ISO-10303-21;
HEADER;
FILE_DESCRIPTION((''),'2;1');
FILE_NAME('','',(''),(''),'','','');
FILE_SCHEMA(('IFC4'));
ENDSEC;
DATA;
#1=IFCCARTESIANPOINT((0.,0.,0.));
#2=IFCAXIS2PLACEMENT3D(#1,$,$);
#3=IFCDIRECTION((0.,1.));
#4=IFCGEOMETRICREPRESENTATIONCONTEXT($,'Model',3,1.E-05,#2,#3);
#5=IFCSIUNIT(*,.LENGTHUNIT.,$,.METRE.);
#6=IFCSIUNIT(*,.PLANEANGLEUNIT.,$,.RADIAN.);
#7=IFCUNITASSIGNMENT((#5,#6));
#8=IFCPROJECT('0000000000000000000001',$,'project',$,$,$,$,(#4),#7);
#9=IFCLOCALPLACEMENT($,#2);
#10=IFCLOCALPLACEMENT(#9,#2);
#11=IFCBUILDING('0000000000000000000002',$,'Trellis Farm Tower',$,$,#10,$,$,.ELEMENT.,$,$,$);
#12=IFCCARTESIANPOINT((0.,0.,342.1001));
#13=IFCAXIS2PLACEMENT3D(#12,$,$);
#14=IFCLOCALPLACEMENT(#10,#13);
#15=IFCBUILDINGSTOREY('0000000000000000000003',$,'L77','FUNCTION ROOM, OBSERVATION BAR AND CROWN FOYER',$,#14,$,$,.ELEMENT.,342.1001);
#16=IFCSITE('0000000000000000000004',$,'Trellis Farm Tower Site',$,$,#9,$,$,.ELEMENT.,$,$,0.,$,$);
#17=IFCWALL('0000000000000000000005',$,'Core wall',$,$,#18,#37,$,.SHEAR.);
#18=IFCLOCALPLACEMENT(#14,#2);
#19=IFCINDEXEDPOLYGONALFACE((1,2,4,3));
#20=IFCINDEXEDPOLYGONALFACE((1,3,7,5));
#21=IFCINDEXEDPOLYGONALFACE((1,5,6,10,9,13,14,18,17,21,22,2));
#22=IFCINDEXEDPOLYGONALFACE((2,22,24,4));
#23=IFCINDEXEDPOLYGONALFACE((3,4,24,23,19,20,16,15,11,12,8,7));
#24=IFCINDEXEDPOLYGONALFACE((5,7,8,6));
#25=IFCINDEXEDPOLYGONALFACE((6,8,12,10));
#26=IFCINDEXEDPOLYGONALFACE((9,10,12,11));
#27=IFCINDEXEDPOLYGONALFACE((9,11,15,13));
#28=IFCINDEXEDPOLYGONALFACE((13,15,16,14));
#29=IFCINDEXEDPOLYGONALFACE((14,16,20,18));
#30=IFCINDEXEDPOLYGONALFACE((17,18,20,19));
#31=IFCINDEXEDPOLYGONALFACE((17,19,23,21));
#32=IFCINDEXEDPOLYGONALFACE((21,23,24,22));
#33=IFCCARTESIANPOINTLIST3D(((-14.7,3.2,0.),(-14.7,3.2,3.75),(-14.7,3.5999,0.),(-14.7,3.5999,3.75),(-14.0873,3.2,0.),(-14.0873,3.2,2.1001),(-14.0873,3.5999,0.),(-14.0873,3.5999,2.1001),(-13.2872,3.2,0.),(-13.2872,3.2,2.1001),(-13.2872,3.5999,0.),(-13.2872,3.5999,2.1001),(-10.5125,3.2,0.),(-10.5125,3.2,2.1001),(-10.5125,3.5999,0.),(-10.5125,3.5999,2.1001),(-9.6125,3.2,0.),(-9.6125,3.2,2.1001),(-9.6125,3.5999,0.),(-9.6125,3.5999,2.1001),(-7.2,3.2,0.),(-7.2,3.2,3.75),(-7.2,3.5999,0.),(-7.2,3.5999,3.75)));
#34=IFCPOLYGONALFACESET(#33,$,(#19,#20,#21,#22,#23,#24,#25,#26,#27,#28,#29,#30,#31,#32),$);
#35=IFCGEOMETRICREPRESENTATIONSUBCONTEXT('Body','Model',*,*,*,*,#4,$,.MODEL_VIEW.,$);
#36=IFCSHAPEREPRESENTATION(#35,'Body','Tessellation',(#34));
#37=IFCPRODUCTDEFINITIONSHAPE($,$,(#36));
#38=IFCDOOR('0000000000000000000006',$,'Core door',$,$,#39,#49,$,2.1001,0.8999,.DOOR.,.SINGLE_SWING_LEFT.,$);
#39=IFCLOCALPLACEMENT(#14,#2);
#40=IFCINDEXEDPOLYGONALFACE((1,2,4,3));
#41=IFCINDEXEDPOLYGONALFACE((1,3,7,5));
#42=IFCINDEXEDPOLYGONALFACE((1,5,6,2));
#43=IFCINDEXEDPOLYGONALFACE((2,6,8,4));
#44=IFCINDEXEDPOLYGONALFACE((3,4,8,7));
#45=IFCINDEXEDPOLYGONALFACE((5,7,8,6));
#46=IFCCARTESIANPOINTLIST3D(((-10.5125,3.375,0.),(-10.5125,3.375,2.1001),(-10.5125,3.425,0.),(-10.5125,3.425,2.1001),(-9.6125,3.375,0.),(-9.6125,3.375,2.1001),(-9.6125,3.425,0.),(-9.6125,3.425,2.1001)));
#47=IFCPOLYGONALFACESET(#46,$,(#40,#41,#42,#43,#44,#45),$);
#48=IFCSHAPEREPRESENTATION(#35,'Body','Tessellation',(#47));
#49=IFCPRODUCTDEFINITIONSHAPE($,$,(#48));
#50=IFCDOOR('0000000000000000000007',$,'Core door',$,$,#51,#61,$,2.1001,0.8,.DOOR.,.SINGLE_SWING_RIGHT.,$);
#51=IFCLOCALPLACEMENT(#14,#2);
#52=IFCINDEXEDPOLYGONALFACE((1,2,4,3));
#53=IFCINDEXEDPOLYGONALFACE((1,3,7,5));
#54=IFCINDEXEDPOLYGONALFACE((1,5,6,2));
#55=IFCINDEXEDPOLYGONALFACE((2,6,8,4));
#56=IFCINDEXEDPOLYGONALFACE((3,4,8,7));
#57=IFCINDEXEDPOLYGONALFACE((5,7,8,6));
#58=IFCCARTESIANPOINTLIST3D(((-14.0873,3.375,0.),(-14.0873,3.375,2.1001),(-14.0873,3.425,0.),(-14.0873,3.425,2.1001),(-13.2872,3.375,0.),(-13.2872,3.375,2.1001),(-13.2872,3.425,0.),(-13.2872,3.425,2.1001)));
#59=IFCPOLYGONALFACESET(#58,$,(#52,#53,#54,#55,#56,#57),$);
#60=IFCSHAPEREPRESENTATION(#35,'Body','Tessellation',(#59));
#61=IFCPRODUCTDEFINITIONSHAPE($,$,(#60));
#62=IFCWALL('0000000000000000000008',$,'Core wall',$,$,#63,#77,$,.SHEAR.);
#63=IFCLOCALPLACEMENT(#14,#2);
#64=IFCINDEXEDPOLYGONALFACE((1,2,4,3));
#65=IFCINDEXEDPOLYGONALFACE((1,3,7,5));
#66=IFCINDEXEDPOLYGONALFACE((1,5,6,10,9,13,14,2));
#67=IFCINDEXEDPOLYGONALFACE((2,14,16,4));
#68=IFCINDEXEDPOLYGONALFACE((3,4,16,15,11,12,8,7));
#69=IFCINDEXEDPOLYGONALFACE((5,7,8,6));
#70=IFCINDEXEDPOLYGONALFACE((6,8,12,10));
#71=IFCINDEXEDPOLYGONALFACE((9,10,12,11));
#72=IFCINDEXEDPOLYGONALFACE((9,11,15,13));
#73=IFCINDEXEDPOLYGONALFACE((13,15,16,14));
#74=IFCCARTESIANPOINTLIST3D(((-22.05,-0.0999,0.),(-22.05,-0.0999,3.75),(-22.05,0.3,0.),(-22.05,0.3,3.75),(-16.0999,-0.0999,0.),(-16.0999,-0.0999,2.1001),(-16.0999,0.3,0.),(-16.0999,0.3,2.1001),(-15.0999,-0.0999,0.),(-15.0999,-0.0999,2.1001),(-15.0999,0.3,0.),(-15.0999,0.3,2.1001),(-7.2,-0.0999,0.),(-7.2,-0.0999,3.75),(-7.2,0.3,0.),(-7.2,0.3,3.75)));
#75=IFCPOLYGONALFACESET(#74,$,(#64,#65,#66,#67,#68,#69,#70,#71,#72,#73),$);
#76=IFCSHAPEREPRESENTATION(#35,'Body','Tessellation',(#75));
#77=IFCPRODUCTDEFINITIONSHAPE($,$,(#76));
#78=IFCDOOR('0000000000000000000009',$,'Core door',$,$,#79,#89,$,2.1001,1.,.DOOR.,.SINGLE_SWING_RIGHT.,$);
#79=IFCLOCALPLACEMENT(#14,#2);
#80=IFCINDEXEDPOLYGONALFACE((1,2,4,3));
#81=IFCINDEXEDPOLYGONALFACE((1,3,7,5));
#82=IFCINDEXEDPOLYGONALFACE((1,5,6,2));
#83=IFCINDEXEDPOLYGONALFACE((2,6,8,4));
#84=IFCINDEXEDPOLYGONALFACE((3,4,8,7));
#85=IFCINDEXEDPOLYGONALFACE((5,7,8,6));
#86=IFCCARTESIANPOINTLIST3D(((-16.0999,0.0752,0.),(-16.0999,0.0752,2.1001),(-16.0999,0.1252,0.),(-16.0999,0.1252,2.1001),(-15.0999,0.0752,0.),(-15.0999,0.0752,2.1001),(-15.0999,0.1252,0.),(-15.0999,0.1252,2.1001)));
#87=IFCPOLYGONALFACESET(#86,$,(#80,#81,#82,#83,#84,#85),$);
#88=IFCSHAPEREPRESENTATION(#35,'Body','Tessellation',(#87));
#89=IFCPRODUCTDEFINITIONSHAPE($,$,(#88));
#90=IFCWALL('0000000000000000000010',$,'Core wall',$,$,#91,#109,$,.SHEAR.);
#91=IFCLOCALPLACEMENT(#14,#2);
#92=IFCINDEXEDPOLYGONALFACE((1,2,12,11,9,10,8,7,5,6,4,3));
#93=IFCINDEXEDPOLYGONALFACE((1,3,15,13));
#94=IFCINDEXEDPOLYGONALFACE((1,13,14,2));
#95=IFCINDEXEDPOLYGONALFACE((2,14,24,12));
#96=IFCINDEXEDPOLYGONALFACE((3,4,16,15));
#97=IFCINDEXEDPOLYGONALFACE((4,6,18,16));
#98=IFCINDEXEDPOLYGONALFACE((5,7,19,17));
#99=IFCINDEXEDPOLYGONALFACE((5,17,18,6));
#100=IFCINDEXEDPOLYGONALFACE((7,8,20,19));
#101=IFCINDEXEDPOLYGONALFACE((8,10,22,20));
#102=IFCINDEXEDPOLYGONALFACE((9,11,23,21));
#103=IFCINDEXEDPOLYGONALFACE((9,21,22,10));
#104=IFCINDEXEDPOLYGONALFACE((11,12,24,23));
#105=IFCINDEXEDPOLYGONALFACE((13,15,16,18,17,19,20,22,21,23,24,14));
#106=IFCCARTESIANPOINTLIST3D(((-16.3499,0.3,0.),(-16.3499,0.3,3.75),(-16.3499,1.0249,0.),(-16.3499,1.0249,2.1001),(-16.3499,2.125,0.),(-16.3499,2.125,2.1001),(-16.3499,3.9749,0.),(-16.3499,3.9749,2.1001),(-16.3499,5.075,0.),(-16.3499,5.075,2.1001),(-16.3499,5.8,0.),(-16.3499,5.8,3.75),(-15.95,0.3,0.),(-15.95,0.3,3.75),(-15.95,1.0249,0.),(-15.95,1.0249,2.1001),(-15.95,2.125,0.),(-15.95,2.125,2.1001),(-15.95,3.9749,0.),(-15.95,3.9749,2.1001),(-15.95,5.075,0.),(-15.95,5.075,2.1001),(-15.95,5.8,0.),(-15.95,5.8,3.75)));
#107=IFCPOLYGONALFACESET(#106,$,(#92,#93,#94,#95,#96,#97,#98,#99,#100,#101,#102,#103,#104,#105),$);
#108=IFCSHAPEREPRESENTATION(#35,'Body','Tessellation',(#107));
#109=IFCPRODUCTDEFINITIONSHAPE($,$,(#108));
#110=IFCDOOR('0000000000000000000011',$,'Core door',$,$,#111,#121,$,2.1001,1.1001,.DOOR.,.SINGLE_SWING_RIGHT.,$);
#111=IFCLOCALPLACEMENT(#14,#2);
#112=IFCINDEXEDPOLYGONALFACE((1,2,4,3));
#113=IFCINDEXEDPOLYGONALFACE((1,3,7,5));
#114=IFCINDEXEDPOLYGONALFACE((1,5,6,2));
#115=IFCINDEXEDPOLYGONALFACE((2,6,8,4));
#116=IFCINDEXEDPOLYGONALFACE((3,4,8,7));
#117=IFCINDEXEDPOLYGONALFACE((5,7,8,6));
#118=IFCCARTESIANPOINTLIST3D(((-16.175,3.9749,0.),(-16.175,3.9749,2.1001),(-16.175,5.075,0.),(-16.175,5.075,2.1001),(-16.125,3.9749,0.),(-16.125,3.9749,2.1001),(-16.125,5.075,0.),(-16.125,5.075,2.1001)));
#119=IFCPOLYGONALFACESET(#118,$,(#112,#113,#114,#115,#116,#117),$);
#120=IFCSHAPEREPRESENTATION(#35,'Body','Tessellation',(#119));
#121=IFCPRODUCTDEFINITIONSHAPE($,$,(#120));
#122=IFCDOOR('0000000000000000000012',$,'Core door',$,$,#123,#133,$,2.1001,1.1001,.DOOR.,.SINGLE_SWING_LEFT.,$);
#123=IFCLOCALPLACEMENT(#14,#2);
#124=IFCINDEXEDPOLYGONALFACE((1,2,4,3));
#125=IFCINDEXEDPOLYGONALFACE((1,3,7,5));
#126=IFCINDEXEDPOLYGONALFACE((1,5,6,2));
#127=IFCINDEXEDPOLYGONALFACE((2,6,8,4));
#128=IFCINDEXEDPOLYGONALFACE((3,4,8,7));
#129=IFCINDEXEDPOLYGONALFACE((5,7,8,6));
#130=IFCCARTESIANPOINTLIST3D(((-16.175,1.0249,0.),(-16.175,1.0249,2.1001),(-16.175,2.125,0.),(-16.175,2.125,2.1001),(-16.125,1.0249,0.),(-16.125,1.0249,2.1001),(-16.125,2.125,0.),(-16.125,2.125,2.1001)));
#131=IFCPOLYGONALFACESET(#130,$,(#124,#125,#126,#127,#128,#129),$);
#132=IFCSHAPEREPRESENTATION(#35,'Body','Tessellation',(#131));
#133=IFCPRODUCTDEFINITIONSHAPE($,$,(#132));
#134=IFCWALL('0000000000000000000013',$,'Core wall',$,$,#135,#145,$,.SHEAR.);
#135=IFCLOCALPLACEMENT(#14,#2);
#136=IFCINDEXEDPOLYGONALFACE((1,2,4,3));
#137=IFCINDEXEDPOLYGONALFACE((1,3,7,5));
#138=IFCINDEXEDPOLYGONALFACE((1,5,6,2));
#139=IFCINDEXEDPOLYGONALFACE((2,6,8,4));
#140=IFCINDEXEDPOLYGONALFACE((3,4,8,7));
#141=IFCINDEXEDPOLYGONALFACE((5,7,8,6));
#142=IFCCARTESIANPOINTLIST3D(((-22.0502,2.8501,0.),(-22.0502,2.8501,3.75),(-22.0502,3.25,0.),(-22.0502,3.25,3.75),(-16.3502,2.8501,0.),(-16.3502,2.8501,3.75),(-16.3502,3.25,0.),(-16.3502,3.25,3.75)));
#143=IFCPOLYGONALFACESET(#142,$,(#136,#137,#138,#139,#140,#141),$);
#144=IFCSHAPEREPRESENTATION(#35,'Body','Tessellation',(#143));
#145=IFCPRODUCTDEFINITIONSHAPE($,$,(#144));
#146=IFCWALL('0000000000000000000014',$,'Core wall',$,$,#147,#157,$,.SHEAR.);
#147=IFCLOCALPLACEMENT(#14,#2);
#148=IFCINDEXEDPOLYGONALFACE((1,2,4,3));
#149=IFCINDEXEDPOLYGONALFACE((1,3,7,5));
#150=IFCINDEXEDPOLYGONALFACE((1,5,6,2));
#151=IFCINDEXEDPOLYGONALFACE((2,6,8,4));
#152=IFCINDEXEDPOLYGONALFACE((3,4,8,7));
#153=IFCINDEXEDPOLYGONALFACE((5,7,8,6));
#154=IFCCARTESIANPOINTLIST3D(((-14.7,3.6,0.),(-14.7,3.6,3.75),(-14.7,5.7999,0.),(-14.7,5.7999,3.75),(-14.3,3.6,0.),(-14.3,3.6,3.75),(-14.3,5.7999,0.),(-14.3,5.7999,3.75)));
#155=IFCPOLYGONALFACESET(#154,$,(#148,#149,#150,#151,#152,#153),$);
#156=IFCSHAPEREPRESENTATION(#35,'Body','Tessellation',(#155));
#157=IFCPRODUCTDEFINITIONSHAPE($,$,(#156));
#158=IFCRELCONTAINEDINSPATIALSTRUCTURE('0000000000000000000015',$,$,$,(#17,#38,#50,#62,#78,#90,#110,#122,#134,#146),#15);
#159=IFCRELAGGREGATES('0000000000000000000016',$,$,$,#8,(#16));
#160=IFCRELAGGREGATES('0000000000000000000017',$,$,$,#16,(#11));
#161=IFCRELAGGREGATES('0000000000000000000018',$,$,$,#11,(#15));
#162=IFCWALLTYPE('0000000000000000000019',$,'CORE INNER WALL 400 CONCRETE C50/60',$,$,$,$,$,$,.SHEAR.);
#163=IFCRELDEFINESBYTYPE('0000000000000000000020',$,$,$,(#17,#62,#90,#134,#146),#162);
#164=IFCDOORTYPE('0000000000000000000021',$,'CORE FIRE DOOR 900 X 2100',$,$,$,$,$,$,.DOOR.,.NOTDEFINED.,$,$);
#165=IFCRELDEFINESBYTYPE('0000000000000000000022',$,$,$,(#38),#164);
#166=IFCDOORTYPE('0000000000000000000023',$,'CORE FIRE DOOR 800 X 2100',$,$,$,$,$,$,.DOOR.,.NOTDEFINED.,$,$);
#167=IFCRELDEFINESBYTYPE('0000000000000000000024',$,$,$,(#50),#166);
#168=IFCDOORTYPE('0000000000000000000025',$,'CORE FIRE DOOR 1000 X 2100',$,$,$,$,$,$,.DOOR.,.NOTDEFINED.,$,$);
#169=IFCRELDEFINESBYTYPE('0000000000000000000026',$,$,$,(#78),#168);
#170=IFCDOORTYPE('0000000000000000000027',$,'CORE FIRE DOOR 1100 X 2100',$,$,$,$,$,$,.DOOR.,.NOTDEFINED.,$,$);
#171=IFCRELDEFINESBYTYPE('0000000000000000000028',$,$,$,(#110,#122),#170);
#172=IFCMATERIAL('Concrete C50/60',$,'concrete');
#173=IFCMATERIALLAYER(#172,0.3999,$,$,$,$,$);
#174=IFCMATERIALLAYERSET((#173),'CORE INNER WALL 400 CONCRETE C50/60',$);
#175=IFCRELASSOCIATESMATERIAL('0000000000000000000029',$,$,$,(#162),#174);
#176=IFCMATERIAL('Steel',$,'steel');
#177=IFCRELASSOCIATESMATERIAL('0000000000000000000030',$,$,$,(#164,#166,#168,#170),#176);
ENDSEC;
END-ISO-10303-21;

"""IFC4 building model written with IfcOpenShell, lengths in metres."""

from ifc_helpers import new_model, si_unit, direction, frame, frame_2d, origin, place, context, subcontext, project, spatial, rectangle, extrude, source, transform, mapped, material, layer, layer_set, type_object, element, fill, save


model = new_model("IFC4")

# Units and contexts
model_context = context("Model", 3, precision=1e-05, world=origin(), true_north=direction((0.0, 1.0)))
body_context = subcontext(model_context, "Body", "Model", "MODEL_VIEW")
ifc_project = project(units=[si_unit("LENGTHUNIT", "METRE"), si_unit("PLANEANGLEUNIT", "RADIAN")], contexts=[model_context])

# Site, building, storey
site_placement = place(None, origin())
site = spatial("IfcSite", under=ifc_project, at=site_placement, Name="Trellis Farm Tower Site", CompositionType="ELEMENT", RefElevation=0.0)
building_placement = place(site_placement, origin())
building = spatial("IfcBuilding", under=site, at=building_placement, Name="Trellis Farm Tower", CompositionType="ELEMENT")
storey_placement = place(building_placement, frame((0.0, 0.0, 342.1001)))
storey = spatial("IfcBuildingStorey", under=building, at=storey_placement, Name="L77", Description="FUNCTION ROOM, OBSERVATION BAR AND CROWN FOYER", CompositionType="ELEMENT", Elevation=342.1001)

# Shared definitions
ifc_material_1 = material(Name="Concrete C50/60", Category="concrete")

# Shared definitions
ifc_material_2 = material(Name="Steel", Category="steel")

# Wall, openings, doors
ifc_layer_1 = layer(ifc_material_1, 0.3999)
ifc_layer_set_1 = layer_set([ifc_layer_1], Name="CORE INNER WALL 400 CONCRETE C50/60")
wall_type_1 = type_object("IfcWallType", Name="CORE INNER WALL 400 CONCRETE C50/60", PredefinedType="SHEAR", material=ifc_layer_set_1)
shared_shape_1 = source(origin(), body_context, "Body", "SweptSolid", [
    extrude(rectangle(XDim=7.5, YDim=0.3999, at=frame_2d((3.75, 0.0))), origin(), (0.0, 0.0, 1.0), 3.75),
])
wall_1_placement = place(storey_placement, frame((-7.2, 3.3999, 0.0), z_axis=(0.0, 0.0, 1.0), x_axis=(-1.0, 0.0, 0.0)))
wall_1 = element("IfcWall", 1, at=wall_1_placement, inside=storey, type_object=wall_type_1, Name="Core wall", PredefinedType="SHEAR", context=body_context, shape_type="MappedRepresentation", body=[
    mapped(shared_shape_1, transform((0.0, 0.0, 0.0))),
])
shared_shape_2 = source(origin(), body_context, "Body", "SweptSolid", [
    extrude(rectangle(XDim=0.8999, YDim=2.1001, at=frame_2d((0.45, 1.05))), frame((0.0, 0.21, 0.0), z_axis=(0.0, -1.0, 0.0), x_axis=(1.0, 0.0, 0.0)), (0.0, 0.0, 1.0), 0.4199),
])
opening_1_placement = place(wall_1_placement, frame((2.4126, 0.0, 0.0)))
opening_1 = element("IfcOpeningElement", 2, at=opening_1_placement, cuts=wall_1, PredefinedType="OPENING", context=body_context, shape_type="MappedRepresentation", body=[
    mapped(shared_shape_2, transform((0.0, 0.0, 0.0))),
])
shared_shape_3 = source(origin(), body_context, "Body", "SweptSolid", [
    extrude(rectangle(XDim=0.8, YDim=2.1001, at=frame_2d((0.3999, 1.05))), frame((0.0, 0.21, 0.0), z_axis=(0.0, -1.0, 0.0), x_axis=(1.0, 0.0, 0.0)), (0.0, 0.0, 1.0), 0.4199),
])
opening_2_placement = place(wall_1_placement, frame((6.0874, 0.0, 0.0)))
opening_2 = element("IfcOpeningElement", 3, at=opening_2_placement, cuts=wall_1, PredefinedType="OPENING", context=body_context, shape_type="MappedRepresentation", body=[
    mapped(shared_shape_3, transform((0.0, 0.0, 0.0))),
])
door_type_1 = type_object("IfcDoorType", Name="CORE FIRE DOOR 900 X 2100", OperationType="NOTDEFINED", PredefinedType="DOOR", material=ifc_material_2)
shared_shape_4 = source(origin(), body_context, "Body", "SweptSolid", [
    extrude(rectangle(XDim=0.8999, YDim=2.1001, at=frame_2d((0.45, 1.05))), frame((0.0, 0.0249, 0.0), z_axis=(0.0, -1.0, 0.0), x_axis=(1.0, 0.0, 0.0)), (0.0, 0.0, 1.0), 0.05),
])
door_1_placement = place(opening_1_placement, origin())
door_1 = element("IfcDoor", 4, at=door_1_placement, inside=storey, type_object=door_type_1, Name="Core door", OperationType="SINGLE_SWING_LEFT", OverallHeight=2.1001, OverallWidth=0.8999, PredefinedType="DOOR", context=body_context, shape_type="MappedRepresentation", body=[
    mapped(shared_shape_4, transform((0.0, 0.0, 0.0))),
])
fill(opening_1, door_1)
door_type_2 = type_object("IfcDoorType", Name="CORE FIRE DOOR 800 X 2100", OperationType="NOTDEFINED", PredefinedType="DOOR", material=ifc_material_2)
shared_shape_5 = source(origin(), body_context, "Body", "SweptSolid", [
    extrude(rectangle(XDim=0.8, YDim=2.1001, at=frame_2d((0.3999, 1.05))), frame((0.0, 0.0249, 0.0), z_axis=(0.0, -1.0, 0.0), x_axis=(1.0, 0.0, 0.0)), (0.0, 0.0, 1.0), 0.05),
])
door_2_placement = place(opening_2_placement, origin())
door_2 = element("IfcDoor", 5, at=door_2_placement, inside=storey, type_object=door_type_2, Name="Core door", OperationType="SINGLE_SWING_RIGHT", OverallHeight=2.1001, OverallWidth=0.8, PredefinedType="DOOR", context=body_context, shape_type="MappedRepresentation", body=[
    mapped(shared_shape_5, transform((0.0, 0.0, 0.0))),
])
fill(opening_2, door_2)

# Wall, opening, door
shared_shape_6 = source(origin(), body_context, "Body", "SweptSolid", [
    extrude(rectangle(XDim=14.8501, YDim=0.3999, at=frame_2d((7.425, 0.0))), origin(), (0.0, 0.0, 1.0), 3.75),
])
wall_2_placement = place(storey_placement, frame((-7.2, 0.1001, 0.0), z_axis=(0.0, 0.0, 1.0), x_axis=(-1.0, 0.0, 0.0)))
wall_2 = element("IfcWall", 6, at=wall_2_placement, inside=storey, type_object=wall_type_1, Name="Core wall", PredefinedType="SHEAR", context=body_context, shape_type="MappedRepresentation", body=[
    mapped(shared_shape_6, transform((0.0, 0.0, 0.0))),
])
shared_shape_7 = source(origin(), body_context, "Body", "SweptSolid", [
    extrude(rectangle(XDim=1.0, YDim=2.1001, at=frame_2d((0.5, 1.05))), frame((0.0, 0.21, 0.0), z_axis=(0.0, -1.0, 0.0), x_axis=(1.0, 0.0, 0.0)), (0.0, 0.0, 1.0), 0.4199),
])
opening_3_placement = place(wall_2_placement, frame((7.8999, 0.0, 0.0)))
opening_3 = element("IfcOpeningElement", 7, at=opening_3_placement, cuts=wall_2, PredefinedType="OPENING", context=body_context, shape_type="MappedRepresentation", body=[
    mapped(shared_shape_7, transform((0.0, 0.0, 0.0))),
])
door_type_3 = type_object("IfcDoorType", Name="CORE FIRE DOOR 1000 X 2100", OperationType="NOTDEFINED", PredefinedType="DOOR", material=ifc_material_2)
shared_shape_8 = source(origin(), body_context, "Body", "SweptSolid", [
    extrude(rectangle(XDim=1.0, YDim=2.1001, at=frame_2d((0.5, 1.05))), frame((0.0, 0.0249, 0.0), z_axis=(0.0, -1.0, 0.0), x_axis=(1.0, 0.0, 0.0)), (0.0, 0.0, 1.0), 0.05),
])
door_3_placement = place(opening_3_placement, origin())
door_3 = element("IfcDoor", 8, at=door_3_placement, inside=storey, type_object=door_type_3, Name="Core door", OperationType="SINGLE_SWING_RIGHT", OverallHeight=2.1001, OverallWidth=1.0, PredefinedType="DOOR", context=body_context, shape_type="MappedRepresentation", body=[
    mapped(shared_shape_8, transform((0.0, 0.0, 0.0))),
])
fill(opening_3, door_3)

# Wall, openings, doors
shared_shape_9 = source(origin(), body_context, "Body", "SweptSolid", [
    extrude(rectangle(XDim=5.5, YDim=0.3999, at=frame_2d((2.75, 0.0))), origin(), (0.0, 0.0, 1.0), 3.75),
])
wall_3_placement = place(storey_placement, frame((-16.1499, 5.8, 0.0), z_axis=(0.0, 0.0, 1.0), x_axis=(0.0, -1.0, 0.0)))
wall_3 = element("IfcWall", 9, at=wall_3_placement, inside=storey, type_object=wall_type_1, Name="Core wall", PredefinedType="SHEAR", context=body_context, shape_type="MappedRepresentation", body=[
    mapped(shared_shape_9, transform((0.0, 0.0, 0.0))),
])
shared_shape_10 = source(origin(), body_context, "Body", "SweptSolid", [
    extrude(rectangle(XDim=1.1001, YDim=2.1001, at=frame_2d((0.55, 1.05))), frame((0.0, 0.21, 0.0), z_axis=(0.0, -1.0, 0.0), x_axis=(1.0, 0.0, 0.0)), (0.0, 0.0, 1.0), 0.4199),
])
opening_4_placement = place(wall_3_placement, frame((0.7251, 0.0, 0.0)))
opening_4 = element("IfcOpeningElement", 10, at=opening_4_placement, cuts=wall_3, PredefinedType="OPENING", context=body_context, shape_type="MappedRepresentation", body=[
    mapped(shared_shape_10, transform((0.0, 0.0, 0.0))),
])
opening_5_placement = place(wall_3_placement, frame((3.675, 0.0, 0.0)))
opening_5 = element("IfcOpeningElement", 11, at=opening_5_placement, cuts=wall_3, PredefinedType="OPENING", context=body_context, shape_type="MappedRepresentation", body=[
    mapped(shared_shape_10, transform((0.0, 0.0, 0.0))),
])
door_type_4 = type_object("IfcDoorType", Name="CORE FIRE DOOR 1100 X 2100", OperationType="NOTDEFINED", PredefinedType="DOOR", material=ifc_material_2)
shared_shape_11 = source(origin(), body_context, "Body", "SweptSolid", [
    extrude(rectangle(XDim=1.1001, YDim=2.1001, at=frame_2d((0.55, 1.05))), frame((0.0, 0.0249, 0.0), z_axis=(0.0, -1.0, 0.0), x_axis=(1.0, 0.0, 0.0)), (0.0, 0.0, 1.0), 0.05),
])
door_4_placement = place(opening_4_placement, origin())
door_4 = element("IfcDoor", 12, at=door_4_placement, inside=storey, type_object=door_type_4, Name="Core door", OperationType="SINGLE_SWING_RIGHT", OverallHeight=2.1001, OverallWidth=1.1001, PredefinedType="DOOR", context=body_context, shape_type="MappedRepresentation", body=[
    mapped(shared_shape_11, transform((0.0, 0.0, 0.0))),
])
fill(opening_4, door_4)
door_5_placement = place(opening_5_placement, origin())
door_5 = element("IfcDoor", 13, at=door_5_placement, inside=storey, type_object=door_type_4, Name="Core door", OperationType="SINGLE_SWING_LEFT", OverallHeight=2.1001, OverallWidth=1.1001, PredefinedType="DOOR", context=body_context, shape_type="MappedRepresentation", body=[
    mapped(shared_shape_11, transform((0.0, 0.0, 0.0))),
])
fill(opening_5, door_5)

# Walls
shared_shape_12 = source(origin(), body_context, "Body", "SweptSolid", [
    extrude(rectangle(XDim=5.7, YDim=0.3999, at=frame_2d((2.8501, 0.0))), origin(), (0.0, 0.0, 1.0), 3.75),
])
wall_4_placement = place(storey_placement, frame((-16.3501, 3.05, 0.0), z_axis=(0.0, 0.0, 1.0), x_axis=(-1.0, 0.0, 0.0)))
element("IfcWall", 14, at=wall_4_placement, inside=storey, type_object=wall_type_1, Name="Core wall", PredefinedType="SHEAR", context=body_context, shape_type="MappedRepresentation", body=[
    mapped(shared_shape_12, transform((0.0, 0.0, 0.0))),
])
shared_shape_13 = source(origin(), body_context, "Body", "SweptSolid", [
    extrude(rectangle(XDim=2.2, YDim=0.3999, at=frame_2d((1.1001, 0.0))), origin(), (0.0, 0.0, 1.0), 3.75),
])
wall_5_placement = place(storey_placement, frame((-14.5, 5.8, 0.0), z_axis=(0.0, 0.0, 1.0), x_axis=(0.0, -1.0, 0.0)))
element("IfcWall", 15, at=wall_5_placement, inside=storey, type_object=wall_type_1, Name="Core wall", PredefinedType="SHEAR", context=body_context, shape_type="MappedRepresentation", body=[
    mapped(shared_shape_13, transform((0.0, 0.0, 0.0))),
])

save(model, "model.ifc")
